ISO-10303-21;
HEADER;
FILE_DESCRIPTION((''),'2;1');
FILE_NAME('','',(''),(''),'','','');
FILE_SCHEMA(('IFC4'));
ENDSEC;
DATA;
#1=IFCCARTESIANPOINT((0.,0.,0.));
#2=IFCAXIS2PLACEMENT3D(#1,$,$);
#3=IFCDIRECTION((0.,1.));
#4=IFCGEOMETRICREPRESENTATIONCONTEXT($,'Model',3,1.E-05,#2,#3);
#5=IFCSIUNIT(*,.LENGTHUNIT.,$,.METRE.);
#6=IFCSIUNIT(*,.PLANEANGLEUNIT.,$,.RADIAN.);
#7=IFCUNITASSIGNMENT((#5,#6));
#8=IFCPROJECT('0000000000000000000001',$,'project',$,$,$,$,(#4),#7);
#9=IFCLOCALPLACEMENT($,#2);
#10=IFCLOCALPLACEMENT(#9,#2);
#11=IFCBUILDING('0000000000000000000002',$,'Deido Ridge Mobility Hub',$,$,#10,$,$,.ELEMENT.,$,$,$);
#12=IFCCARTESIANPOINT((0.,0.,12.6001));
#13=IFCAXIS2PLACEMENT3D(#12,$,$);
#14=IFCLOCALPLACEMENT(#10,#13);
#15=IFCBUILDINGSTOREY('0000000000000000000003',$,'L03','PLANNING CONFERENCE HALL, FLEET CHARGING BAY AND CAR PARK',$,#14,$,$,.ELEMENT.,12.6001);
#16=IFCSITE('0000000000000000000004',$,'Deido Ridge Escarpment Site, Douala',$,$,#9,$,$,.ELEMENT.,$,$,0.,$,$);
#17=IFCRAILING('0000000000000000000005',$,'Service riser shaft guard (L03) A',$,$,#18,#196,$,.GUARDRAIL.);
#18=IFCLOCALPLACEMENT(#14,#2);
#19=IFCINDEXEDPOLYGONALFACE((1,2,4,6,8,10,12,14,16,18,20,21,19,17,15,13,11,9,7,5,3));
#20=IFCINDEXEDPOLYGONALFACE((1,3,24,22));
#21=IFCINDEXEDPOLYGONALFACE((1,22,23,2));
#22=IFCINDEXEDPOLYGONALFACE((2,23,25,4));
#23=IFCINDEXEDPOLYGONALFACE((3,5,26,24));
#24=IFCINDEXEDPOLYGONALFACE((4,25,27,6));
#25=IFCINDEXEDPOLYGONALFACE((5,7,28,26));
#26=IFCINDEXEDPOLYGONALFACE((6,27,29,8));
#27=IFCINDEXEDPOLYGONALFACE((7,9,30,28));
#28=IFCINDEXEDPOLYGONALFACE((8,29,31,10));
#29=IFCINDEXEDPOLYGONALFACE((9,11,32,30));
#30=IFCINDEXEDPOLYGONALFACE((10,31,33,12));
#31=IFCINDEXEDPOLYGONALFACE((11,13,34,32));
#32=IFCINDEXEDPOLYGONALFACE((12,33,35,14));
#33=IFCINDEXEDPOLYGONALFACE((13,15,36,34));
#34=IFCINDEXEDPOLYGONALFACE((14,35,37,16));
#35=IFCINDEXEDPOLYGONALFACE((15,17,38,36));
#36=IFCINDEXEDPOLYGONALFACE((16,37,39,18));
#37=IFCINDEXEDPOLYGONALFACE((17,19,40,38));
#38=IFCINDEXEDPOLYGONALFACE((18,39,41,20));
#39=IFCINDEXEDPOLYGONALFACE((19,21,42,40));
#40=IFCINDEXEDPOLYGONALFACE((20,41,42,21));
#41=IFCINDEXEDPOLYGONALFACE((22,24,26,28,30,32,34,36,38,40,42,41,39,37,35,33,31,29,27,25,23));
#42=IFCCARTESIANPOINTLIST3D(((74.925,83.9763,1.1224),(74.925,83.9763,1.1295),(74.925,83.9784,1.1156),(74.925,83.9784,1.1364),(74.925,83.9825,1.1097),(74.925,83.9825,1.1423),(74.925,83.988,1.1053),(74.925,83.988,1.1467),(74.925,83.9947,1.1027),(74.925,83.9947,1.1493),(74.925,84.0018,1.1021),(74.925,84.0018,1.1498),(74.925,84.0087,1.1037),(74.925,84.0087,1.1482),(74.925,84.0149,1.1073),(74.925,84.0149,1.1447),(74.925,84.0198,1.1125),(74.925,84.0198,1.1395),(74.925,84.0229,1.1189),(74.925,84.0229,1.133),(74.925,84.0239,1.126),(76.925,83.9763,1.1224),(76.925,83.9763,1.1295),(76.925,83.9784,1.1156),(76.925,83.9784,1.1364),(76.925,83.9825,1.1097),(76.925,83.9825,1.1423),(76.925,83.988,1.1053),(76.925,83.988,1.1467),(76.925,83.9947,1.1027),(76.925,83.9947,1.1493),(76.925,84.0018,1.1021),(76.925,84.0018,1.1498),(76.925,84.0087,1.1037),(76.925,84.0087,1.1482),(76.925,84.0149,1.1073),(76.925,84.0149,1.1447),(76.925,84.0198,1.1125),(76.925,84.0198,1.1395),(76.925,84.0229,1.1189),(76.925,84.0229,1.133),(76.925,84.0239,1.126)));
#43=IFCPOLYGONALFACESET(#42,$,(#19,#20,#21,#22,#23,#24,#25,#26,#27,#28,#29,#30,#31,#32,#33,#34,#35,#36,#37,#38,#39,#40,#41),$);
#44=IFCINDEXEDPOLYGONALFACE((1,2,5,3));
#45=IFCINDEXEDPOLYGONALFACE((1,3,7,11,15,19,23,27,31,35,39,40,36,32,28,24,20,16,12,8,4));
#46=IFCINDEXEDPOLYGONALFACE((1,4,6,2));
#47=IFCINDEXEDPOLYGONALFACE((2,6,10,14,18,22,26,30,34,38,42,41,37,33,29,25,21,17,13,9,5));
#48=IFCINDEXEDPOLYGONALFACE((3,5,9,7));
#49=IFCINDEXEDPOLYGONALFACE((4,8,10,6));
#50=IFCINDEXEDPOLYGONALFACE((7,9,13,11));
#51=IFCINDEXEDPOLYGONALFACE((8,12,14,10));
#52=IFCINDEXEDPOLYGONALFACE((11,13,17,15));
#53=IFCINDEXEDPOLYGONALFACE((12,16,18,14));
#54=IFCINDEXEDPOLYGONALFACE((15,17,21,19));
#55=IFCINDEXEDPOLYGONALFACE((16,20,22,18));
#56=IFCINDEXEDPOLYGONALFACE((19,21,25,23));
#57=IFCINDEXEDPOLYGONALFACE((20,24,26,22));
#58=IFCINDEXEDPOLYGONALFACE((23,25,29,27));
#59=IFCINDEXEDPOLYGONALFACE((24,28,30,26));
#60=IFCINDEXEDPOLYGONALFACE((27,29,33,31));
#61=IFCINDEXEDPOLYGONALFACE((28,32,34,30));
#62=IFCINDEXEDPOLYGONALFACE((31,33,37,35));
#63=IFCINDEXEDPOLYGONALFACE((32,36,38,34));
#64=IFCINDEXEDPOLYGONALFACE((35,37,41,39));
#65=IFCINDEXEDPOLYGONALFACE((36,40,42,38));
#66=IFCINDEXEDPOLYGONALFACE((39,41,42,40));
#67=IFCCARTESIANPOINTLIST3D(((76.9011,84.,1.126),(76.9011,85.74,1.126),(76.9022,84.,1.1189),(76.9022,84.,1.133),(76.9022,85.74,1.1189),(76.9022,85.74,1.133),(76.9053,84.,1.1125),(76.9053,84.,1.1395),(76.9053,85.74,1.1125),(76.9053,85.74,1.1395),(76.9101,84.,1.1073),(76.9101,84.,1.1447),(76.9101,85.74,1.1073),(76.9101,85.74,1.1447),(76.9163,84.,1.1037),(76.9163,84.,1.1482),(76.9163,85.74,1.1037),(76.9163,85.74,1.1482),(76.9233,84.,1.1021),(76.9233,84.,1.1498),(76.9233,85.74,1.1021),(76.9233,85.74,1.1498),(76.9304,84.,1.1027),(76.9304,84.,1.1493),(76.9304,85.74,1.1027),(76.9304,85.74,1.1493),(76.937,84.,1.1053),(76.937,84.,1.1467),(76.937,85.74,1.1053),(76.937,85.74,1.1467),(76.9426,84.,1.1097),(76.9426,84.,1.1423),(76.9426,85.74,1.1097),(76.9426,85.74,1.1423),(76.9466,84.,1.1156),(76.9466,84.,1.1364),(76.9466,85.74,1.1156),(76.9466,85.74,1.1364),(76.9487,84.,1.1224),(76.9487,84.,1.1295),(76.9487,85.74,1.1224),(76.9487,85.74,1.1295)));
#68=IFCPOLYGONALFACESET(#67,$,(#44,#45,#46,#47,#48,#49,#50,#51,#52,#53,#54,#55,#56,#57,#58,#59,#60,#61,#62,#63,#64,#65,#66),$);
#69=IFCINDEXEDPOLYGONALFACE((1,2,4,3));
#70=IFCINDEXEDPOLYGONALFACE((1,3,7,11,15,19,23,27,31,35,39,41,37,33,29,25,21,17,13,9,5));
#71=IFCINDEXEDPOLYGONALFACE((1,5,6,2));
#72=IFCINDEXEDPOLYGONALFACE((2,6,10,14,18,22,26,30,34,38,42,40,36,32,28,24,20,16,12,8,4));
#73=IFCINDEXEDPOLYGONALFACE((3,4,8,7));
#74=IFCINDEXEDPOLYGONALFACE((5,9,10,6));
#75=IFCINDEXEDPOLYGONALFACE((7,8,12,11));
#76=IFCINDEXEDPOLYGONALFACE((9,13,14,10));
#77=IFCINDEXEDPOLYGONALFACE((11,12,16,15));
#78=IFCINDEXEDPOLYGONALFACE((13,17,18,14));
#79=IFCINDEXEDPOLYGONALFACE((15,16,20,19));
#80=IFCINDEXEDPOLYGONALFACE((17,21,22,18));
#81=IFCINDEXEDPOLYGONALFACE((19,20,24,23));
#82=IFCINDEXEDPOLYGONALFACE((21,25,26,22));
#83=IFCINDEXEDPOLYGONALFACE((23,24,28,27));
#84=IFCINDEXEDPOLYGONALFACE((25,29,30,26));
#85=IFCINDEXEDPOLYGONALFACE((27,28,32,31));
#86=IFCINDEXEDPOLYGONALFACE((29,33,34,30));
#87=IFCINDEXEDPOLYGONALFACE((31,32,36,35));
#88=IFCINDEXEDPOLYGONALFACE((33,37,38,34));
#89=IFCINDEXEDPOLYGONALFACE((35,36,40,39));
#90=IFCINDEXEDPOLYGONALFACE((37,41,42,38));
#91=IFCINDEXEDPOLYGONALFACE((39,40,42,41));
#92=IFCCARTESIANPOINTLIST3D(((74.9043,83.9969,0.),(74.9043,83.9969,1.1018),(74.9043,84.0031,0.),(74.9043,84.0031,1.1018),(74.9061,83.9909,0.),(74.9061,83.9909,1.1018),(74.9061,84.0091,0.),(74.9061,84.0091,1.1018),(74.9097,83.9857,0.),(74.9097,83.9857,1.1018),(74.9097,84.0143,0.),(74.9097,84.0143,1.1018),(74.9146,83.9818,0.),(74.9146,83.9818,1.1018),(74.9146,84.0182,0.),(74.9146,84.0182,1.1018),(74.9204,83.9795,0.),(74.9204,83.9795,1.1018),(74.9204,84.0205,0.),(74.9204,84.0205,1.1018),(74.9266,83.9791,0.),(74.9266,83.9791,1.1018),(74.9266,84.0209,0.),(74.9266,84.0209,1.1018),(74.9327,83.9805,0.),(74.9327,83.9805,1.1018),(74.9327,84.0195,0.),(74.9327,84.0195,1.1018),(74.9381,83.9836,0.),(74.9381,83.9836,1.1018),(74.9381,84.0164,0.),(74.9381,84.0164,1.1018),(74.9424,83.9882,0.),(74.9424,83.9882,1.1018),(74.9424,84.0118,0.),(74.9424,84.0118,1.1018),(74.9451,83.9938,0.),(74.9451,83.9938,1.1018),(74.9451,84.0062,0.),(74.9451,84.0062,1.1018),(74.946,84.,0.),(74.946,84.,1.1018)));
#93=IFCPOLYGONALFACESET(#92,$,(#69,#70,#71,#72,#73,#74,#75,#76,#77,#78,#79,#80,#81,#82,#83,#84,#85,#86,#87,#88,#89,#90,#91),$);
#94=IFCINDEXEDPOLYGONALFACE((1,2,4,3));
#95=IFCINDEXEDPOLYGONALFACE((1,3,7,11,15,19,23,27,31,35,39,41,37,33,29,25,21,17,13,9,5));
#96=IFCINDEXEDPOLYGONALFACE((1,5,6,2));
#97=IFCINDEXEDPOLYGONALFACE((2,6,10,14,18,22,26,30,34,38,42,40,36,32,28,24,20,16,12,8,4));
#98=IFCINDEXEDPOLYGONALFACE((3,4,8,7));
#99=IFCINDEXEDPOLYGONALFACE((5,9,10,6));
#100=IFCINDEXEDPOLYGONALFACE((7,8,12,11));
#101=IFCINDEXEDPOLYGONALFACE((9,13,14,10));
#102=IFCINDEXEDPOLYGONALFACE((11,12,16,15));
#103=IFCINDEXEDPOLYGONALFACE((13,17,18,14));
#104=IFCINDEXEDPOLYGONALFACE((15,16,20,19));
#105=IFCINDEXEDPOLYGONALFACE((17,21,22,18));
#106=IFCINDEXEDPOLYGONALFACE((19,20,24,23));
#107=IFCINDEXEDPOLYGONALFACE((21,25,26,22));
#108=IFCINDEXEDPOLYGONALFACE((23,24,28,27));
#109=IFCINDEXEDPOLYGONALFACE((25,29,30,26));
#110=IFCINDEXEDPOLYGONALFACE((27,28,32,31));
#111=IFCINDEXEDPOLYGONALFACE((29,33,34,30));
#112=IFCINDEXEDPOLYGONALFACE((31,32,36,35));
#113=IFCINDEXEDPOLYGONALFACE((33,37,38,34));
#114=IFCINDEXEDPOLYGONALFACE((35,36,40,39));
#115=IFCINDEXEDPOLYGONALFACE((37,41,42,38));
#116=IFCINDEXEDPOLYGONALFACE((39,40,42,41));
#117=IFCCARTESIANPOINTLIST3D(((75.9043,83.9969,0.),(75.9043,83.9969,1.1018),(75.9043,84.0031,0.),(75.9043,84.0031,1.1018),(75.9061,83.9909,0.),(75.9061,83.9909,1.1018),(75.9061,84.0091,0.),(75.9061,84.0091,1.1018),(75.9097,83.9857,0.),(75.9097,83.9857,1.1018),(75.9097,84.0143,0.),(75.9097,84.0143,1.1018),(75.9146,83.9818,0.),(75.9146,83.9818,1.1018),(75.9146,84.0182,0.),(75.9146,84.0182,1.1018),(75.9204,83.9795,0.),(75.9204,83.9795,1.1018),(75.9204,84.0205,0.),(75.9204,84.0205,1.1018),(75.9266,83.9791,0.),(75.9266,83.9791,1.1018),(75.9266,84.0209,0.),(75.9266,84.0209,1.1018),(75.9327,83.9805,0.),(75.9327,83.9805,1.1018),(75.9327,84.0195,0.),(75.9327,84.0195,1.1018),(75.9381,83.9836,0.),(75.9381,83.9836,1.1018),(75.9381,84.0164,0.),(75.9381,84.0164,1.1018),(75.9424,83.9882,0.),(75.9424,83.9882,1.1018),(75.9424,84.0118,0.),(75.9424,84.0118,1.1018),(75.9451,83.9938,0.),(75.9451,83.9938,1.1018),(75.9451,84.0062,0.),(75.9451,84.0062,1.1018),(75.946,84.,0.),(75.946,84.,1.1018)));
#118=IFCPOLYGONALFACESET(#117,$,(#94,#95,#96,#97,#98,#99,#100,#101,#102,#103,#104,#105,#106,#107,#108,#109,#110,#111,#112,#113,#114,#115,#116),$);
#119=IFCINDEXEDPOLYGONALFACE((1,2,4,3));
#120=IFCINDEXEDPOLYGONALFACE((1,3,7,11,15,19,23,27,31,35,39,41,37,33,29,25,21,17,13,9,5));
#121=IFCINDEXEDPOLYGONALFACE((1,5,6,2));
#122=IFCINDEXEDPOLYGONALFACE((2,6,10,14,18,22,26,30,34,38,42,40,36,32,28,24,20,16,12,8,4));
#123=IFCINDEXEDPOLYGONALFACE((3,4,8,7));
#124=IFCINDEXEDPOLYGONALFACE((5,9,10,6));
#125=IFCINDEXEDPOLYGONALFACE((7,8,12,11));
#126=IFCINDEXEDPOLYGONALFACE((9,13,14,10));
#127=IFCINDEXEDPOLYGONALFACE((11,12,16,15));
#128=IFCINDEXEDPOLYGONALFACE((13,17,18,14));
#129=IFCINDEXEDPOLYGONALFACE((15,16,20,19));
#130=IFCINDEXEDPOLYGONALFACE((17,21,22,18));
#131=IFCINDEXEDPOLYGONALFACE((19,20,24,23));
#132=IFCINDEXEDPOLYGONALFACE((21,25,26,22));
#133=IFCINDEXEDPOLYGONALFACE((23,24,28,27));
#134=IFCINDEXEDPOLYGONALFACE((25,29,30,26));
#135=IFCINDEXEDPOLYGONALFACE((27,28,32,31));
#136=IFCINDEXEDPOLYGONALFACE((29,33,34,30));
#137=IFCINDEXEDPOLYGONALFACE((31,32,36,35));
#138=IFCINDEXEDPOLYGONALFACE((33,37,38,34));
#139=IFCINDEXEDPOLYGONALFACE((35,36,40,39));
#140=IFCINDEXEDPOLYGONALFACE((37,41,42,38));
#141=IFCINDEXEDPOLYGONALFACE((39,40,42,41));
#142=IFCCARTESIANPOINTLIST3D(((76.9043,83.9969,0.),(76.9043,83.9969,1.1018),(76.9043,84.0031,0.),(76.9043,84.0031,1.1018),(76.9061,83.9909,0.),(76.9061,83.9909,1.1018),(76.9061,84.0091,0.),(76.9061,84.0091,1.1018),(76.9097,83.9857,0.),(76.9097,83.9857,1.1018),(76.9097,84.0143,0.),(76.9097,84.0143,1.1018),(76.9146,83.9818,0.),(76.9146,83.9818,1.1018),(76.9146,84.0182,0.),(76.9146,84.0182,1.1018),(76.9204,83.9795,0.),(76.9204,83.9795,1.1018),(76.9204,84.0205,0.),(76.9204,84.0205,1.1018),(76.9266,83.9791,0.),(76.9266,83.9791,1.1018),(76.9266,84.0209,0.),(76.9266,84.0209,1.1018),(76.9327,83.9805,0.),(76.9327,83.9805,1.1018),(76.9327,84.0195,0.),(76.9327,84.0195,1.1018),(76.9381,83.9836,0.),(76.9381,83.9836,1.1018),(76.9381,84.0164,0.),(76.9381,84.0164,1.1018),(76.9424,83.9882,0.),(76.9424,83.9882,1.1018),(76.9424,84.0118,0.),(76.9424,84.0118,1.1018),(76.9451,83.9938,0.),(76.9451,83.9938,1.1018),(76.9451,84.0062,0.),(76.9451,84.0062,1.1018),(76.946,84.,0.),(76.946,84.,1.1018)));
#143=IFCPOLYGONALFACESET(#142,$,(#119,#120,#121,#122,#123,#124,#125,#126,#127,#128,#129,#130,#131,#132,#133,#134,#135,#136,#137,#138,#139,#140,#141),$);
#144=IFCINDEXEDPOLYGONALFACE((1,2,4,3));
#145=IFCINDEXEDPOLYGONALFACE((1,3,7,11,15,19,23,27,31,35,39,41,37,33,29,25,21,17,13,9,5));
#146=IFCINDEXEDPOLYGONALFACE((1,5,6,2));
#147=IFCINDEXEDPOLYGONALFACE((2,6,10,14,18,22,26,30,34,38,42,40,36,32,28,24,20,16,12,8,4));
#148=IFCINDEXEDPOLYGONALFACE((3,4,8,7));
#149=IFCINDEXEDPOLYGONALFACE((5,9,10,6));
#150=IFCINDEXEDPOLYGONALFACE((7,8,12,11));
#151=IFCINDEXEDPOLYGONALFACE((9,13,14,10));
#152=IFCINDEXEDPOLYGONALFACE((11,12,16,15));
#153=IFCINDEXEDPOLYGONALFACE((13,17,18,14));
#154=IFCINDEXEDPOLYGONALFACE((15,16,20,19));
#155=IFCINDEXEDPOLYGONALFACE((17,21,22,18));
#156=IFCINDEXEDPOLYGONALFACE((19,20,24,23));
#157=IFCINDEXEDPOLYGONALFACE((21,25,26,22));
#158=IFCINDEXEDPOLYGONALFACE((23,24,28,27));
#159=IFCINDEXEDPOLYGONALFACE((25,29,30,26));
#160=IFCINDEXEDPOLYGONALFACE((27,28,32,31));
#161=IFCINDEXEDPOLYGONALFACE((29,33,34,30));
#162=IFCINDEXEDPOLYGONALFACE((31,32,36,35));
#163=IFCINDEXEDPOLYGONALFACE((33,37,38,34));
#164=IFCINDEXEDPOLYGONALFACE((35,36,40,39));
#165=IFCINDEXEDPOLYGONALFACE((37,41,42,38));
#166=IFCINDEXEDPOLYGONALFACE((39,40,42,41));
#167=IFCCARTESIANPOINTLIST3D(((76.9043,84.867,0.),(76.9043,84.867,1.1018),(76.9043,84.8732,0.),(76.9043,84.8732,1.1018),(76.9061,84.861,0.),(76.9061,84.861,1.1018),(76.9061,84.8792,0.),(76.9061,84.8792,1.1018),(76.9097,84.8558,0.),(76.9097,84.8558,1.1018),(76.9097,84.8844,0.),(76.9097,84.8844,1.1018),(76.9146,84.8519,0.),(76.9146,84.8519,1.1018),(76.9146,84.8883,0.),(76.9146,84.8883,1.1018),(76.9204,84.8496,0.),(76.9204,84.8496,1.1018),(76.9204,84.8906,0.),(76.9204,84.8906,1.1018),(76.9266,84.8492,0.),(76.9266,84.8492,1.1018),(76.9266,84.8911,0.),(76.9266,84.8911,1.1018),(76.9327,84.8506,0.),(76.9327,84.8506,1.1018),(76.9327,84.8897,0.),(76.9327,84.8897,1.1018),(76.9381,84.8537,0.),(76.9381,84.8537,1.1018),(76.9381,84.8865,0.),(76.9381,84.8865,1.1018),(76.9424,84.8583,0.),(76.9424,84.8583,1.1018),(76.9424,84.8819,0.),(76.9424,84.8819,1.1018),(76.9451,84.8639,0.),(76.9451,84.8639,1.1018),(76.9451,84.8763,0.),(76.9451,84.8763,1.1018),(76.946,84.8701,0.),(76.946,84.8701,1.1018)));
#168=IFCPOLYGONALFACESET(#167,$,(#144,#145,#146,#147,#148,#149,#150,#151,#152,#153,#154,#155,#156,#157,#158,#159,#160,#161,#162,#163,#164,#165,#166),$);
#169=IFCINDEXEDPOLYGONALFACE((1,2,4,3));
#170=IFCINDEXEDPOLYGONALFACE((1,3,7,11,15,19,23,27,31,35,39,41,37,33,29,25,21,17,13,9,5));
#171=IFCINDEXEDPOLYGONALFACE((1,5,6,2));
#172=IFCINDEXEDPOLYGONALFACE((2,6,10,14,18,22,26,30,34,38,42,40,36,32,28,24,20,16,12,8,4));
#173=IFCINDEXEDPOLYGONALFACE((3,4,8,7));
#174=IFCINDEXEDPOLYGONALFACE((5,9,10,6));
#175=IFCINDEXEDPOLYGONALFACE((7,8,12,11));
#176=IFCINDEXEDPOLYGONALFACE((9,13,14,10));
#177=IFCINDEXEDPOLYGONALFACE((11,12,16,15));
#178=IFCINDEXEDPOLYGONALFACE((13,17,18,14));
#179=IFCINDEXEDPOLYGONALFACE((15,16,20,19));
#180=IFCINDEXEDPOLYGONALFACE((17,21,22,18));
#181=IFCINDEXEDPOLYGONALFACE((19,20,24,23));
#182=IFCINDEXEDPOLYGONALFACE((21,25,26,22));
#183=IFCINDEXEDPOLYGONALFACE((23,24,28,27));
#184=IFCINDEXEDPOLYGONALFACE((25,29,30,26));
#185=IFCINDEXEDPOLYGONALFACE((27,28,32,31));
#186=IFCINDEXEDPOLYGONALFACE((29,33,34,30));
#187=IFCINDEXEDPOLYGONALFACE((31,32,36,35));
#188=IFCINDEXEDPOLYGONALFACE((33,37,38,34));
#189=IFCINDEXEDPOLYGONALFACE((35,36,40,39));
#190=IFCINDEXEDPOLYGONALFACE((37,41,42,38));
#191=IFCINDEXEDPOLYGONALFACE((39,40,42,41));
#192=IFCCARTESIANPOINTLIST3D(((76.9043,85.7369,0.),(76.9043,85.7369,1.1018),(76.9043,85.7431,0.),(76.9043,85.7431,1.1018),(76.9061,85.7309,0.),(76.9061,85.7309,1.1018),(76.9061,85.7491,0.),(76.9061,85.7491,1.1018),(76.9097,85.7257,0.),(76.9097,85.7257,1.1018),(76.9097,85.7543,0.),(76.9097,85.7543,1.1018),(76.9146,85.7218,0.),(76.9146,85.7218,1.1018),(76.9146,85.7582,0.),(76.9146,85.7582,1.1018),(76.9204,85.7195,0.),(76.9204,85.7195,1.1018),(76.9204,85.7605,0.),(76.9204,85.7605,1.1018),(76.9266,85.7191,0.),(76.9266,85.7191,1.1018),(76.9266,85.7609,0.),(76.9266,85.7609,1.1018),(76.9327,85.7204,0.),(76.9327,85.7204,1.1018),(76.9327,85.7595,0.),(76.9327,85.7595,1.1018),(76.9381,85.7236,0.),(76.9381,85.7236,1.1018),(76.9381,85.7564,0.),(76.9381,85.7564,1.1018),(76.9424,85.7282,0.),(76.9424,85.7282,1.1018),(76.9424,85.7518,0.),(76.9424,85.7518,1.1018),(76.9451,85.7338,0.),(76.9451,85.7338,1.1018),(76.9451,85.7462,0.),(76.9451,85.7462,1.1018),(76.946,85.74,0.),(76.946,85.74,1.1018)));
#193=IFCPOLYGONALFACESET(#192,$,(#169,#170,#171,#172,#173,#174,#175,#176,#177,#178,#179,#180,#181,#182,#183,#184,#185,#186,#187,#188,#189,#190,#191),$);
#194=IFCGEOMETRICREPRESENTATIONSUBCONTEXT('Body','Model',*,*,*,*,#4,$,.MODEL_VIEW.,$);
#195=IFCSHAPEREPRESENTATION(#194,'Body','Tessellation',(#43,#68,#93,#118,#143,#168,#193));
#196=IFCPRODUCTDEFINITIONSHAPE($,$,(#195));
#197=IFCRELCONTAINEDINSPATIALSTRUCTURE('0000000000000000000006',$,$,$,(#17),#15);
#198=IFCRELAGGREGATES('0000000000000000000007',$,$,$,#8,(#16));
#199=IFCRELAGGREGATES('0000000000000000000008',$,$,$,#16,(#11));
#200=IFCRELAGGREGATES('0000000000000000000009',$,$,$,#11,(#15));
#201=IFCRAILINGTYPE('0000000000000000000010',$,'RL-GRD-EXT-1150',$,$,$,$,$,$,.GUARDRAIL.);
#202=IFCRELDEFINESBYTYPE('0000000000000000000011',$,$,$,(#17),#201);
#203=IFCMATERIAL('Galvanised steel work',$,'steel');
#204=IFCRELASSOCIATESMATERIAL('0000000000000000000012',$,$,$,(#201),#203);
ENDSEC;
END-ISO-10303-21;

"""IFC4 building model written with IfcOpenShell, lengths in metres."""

from ifc_helpers import new_model, si_unit, direction, frame, origin, origin_2d, place, context, subcontext, project, spatial, circle, extrude, material, type_object, element, save


model = new_model("IFC4")

# Units and contexts
model_context = context("Model", 3, precision=1e-05, world=origin(), true_north=direction((0.0, 1.0)))
body_context = subcontext(model_context, "Body", "Model", "MODEL_VIEW")
ifc_project = project(units=[si_unit("LENGTHUNIT", "METRE"), si_unit("PLANEANGLEUNIT", "RADIAN")], contexts=[model_context])

# Site, building, storey
site_placement = place(None, origin())
site = spatial("IfcSite", under=ifc_project, at=site_placement, Name="Deido Ridge Escarpment Site, Douala", CompositionType="ELEMENT", RefElevation=0.0)
building_placement = place(site_placement, origin())
building = spatial("IfcBuilding", under=site, at=building_placement, Name="Deido Ridge Mobility Hub", CompositionType="ELEMENT")
storey_placement = place(building_placement, frame((0.0, 0.0, 12.6001)))
storey = spatial("IfcBuildingStorey", under=building, at=storey_placement, Name="L03", Description="PLANNING CONFERENCE HALL, FLEET CHARGING BAY AND CAR PARK", CompositionType="ELEMENT", Elevation=12.6001)

# Railing
ifc_material_1 = material(Name="Galvanised steel work", Category="steel")
railing_type = type_object("IfcRailingType", Name="RL-GRD-EXT-1150", PredefinedType="GUARDRAIL", material=ifc_material_1)
railing_1_placement = place(storey_placement, frame((74.925, 84.0, 0.0)))
element("IfcRailing", 1, at=railing_1_placement, inside=storey, type_object=railing_type, Name="Service riser shaft guard (L03) A", PredefinedType="GUARDRAIL", context=body_context, shape_type="SweptSolid", body=[
    extrude(circle(Radius=0.0239, at=origin_2d()), frame((0.0, 0.0, 1.126), z_axis=(1.0, 0.0, 0.0), x_axis=(0.0, 1.0, 0.0)), (0.0, 0.0, 1.0), 2.0),
    extrude(circle(Radius=0.0239, at=origin_2d()), frame((2.0, 0.0, 1.126), z_axis=(0.0, 1.0, 0.0), x_axis=(-1.0, 0.0, 0.0)), (0.0, 0.0, 1.0), 1.74),
    extrude(circle(Radius=0.021, at=origin_2d()), origin(), (0.0, 0.0, 1.0), 1.1018),
    extrude(circle(Radius=0.021, at=origin_2d()), frame((1.0, 0.0, 0.0)), (0.0, 0.0, 1.0), 1.1018),
    extrude(circle(Radius=0.021, at=origin_2d()), frame((2.0, 0.0, 0.0)), (0.0, 0.0, 1.0), 1.1018),
    extrude(circle(Radius=0.021, at=origin_2d()), frame((2.0, 0.8701, 0.0)), (0.0, 0.0, 1.0), 1.1018),
    extrude(circle(Radius=0.021, at=origin_2d()), frame((2.0, 1.74, 0.0)), (0.0, 0.0, 1.0), 1.1018),
])

save(model, "model.ifc")
